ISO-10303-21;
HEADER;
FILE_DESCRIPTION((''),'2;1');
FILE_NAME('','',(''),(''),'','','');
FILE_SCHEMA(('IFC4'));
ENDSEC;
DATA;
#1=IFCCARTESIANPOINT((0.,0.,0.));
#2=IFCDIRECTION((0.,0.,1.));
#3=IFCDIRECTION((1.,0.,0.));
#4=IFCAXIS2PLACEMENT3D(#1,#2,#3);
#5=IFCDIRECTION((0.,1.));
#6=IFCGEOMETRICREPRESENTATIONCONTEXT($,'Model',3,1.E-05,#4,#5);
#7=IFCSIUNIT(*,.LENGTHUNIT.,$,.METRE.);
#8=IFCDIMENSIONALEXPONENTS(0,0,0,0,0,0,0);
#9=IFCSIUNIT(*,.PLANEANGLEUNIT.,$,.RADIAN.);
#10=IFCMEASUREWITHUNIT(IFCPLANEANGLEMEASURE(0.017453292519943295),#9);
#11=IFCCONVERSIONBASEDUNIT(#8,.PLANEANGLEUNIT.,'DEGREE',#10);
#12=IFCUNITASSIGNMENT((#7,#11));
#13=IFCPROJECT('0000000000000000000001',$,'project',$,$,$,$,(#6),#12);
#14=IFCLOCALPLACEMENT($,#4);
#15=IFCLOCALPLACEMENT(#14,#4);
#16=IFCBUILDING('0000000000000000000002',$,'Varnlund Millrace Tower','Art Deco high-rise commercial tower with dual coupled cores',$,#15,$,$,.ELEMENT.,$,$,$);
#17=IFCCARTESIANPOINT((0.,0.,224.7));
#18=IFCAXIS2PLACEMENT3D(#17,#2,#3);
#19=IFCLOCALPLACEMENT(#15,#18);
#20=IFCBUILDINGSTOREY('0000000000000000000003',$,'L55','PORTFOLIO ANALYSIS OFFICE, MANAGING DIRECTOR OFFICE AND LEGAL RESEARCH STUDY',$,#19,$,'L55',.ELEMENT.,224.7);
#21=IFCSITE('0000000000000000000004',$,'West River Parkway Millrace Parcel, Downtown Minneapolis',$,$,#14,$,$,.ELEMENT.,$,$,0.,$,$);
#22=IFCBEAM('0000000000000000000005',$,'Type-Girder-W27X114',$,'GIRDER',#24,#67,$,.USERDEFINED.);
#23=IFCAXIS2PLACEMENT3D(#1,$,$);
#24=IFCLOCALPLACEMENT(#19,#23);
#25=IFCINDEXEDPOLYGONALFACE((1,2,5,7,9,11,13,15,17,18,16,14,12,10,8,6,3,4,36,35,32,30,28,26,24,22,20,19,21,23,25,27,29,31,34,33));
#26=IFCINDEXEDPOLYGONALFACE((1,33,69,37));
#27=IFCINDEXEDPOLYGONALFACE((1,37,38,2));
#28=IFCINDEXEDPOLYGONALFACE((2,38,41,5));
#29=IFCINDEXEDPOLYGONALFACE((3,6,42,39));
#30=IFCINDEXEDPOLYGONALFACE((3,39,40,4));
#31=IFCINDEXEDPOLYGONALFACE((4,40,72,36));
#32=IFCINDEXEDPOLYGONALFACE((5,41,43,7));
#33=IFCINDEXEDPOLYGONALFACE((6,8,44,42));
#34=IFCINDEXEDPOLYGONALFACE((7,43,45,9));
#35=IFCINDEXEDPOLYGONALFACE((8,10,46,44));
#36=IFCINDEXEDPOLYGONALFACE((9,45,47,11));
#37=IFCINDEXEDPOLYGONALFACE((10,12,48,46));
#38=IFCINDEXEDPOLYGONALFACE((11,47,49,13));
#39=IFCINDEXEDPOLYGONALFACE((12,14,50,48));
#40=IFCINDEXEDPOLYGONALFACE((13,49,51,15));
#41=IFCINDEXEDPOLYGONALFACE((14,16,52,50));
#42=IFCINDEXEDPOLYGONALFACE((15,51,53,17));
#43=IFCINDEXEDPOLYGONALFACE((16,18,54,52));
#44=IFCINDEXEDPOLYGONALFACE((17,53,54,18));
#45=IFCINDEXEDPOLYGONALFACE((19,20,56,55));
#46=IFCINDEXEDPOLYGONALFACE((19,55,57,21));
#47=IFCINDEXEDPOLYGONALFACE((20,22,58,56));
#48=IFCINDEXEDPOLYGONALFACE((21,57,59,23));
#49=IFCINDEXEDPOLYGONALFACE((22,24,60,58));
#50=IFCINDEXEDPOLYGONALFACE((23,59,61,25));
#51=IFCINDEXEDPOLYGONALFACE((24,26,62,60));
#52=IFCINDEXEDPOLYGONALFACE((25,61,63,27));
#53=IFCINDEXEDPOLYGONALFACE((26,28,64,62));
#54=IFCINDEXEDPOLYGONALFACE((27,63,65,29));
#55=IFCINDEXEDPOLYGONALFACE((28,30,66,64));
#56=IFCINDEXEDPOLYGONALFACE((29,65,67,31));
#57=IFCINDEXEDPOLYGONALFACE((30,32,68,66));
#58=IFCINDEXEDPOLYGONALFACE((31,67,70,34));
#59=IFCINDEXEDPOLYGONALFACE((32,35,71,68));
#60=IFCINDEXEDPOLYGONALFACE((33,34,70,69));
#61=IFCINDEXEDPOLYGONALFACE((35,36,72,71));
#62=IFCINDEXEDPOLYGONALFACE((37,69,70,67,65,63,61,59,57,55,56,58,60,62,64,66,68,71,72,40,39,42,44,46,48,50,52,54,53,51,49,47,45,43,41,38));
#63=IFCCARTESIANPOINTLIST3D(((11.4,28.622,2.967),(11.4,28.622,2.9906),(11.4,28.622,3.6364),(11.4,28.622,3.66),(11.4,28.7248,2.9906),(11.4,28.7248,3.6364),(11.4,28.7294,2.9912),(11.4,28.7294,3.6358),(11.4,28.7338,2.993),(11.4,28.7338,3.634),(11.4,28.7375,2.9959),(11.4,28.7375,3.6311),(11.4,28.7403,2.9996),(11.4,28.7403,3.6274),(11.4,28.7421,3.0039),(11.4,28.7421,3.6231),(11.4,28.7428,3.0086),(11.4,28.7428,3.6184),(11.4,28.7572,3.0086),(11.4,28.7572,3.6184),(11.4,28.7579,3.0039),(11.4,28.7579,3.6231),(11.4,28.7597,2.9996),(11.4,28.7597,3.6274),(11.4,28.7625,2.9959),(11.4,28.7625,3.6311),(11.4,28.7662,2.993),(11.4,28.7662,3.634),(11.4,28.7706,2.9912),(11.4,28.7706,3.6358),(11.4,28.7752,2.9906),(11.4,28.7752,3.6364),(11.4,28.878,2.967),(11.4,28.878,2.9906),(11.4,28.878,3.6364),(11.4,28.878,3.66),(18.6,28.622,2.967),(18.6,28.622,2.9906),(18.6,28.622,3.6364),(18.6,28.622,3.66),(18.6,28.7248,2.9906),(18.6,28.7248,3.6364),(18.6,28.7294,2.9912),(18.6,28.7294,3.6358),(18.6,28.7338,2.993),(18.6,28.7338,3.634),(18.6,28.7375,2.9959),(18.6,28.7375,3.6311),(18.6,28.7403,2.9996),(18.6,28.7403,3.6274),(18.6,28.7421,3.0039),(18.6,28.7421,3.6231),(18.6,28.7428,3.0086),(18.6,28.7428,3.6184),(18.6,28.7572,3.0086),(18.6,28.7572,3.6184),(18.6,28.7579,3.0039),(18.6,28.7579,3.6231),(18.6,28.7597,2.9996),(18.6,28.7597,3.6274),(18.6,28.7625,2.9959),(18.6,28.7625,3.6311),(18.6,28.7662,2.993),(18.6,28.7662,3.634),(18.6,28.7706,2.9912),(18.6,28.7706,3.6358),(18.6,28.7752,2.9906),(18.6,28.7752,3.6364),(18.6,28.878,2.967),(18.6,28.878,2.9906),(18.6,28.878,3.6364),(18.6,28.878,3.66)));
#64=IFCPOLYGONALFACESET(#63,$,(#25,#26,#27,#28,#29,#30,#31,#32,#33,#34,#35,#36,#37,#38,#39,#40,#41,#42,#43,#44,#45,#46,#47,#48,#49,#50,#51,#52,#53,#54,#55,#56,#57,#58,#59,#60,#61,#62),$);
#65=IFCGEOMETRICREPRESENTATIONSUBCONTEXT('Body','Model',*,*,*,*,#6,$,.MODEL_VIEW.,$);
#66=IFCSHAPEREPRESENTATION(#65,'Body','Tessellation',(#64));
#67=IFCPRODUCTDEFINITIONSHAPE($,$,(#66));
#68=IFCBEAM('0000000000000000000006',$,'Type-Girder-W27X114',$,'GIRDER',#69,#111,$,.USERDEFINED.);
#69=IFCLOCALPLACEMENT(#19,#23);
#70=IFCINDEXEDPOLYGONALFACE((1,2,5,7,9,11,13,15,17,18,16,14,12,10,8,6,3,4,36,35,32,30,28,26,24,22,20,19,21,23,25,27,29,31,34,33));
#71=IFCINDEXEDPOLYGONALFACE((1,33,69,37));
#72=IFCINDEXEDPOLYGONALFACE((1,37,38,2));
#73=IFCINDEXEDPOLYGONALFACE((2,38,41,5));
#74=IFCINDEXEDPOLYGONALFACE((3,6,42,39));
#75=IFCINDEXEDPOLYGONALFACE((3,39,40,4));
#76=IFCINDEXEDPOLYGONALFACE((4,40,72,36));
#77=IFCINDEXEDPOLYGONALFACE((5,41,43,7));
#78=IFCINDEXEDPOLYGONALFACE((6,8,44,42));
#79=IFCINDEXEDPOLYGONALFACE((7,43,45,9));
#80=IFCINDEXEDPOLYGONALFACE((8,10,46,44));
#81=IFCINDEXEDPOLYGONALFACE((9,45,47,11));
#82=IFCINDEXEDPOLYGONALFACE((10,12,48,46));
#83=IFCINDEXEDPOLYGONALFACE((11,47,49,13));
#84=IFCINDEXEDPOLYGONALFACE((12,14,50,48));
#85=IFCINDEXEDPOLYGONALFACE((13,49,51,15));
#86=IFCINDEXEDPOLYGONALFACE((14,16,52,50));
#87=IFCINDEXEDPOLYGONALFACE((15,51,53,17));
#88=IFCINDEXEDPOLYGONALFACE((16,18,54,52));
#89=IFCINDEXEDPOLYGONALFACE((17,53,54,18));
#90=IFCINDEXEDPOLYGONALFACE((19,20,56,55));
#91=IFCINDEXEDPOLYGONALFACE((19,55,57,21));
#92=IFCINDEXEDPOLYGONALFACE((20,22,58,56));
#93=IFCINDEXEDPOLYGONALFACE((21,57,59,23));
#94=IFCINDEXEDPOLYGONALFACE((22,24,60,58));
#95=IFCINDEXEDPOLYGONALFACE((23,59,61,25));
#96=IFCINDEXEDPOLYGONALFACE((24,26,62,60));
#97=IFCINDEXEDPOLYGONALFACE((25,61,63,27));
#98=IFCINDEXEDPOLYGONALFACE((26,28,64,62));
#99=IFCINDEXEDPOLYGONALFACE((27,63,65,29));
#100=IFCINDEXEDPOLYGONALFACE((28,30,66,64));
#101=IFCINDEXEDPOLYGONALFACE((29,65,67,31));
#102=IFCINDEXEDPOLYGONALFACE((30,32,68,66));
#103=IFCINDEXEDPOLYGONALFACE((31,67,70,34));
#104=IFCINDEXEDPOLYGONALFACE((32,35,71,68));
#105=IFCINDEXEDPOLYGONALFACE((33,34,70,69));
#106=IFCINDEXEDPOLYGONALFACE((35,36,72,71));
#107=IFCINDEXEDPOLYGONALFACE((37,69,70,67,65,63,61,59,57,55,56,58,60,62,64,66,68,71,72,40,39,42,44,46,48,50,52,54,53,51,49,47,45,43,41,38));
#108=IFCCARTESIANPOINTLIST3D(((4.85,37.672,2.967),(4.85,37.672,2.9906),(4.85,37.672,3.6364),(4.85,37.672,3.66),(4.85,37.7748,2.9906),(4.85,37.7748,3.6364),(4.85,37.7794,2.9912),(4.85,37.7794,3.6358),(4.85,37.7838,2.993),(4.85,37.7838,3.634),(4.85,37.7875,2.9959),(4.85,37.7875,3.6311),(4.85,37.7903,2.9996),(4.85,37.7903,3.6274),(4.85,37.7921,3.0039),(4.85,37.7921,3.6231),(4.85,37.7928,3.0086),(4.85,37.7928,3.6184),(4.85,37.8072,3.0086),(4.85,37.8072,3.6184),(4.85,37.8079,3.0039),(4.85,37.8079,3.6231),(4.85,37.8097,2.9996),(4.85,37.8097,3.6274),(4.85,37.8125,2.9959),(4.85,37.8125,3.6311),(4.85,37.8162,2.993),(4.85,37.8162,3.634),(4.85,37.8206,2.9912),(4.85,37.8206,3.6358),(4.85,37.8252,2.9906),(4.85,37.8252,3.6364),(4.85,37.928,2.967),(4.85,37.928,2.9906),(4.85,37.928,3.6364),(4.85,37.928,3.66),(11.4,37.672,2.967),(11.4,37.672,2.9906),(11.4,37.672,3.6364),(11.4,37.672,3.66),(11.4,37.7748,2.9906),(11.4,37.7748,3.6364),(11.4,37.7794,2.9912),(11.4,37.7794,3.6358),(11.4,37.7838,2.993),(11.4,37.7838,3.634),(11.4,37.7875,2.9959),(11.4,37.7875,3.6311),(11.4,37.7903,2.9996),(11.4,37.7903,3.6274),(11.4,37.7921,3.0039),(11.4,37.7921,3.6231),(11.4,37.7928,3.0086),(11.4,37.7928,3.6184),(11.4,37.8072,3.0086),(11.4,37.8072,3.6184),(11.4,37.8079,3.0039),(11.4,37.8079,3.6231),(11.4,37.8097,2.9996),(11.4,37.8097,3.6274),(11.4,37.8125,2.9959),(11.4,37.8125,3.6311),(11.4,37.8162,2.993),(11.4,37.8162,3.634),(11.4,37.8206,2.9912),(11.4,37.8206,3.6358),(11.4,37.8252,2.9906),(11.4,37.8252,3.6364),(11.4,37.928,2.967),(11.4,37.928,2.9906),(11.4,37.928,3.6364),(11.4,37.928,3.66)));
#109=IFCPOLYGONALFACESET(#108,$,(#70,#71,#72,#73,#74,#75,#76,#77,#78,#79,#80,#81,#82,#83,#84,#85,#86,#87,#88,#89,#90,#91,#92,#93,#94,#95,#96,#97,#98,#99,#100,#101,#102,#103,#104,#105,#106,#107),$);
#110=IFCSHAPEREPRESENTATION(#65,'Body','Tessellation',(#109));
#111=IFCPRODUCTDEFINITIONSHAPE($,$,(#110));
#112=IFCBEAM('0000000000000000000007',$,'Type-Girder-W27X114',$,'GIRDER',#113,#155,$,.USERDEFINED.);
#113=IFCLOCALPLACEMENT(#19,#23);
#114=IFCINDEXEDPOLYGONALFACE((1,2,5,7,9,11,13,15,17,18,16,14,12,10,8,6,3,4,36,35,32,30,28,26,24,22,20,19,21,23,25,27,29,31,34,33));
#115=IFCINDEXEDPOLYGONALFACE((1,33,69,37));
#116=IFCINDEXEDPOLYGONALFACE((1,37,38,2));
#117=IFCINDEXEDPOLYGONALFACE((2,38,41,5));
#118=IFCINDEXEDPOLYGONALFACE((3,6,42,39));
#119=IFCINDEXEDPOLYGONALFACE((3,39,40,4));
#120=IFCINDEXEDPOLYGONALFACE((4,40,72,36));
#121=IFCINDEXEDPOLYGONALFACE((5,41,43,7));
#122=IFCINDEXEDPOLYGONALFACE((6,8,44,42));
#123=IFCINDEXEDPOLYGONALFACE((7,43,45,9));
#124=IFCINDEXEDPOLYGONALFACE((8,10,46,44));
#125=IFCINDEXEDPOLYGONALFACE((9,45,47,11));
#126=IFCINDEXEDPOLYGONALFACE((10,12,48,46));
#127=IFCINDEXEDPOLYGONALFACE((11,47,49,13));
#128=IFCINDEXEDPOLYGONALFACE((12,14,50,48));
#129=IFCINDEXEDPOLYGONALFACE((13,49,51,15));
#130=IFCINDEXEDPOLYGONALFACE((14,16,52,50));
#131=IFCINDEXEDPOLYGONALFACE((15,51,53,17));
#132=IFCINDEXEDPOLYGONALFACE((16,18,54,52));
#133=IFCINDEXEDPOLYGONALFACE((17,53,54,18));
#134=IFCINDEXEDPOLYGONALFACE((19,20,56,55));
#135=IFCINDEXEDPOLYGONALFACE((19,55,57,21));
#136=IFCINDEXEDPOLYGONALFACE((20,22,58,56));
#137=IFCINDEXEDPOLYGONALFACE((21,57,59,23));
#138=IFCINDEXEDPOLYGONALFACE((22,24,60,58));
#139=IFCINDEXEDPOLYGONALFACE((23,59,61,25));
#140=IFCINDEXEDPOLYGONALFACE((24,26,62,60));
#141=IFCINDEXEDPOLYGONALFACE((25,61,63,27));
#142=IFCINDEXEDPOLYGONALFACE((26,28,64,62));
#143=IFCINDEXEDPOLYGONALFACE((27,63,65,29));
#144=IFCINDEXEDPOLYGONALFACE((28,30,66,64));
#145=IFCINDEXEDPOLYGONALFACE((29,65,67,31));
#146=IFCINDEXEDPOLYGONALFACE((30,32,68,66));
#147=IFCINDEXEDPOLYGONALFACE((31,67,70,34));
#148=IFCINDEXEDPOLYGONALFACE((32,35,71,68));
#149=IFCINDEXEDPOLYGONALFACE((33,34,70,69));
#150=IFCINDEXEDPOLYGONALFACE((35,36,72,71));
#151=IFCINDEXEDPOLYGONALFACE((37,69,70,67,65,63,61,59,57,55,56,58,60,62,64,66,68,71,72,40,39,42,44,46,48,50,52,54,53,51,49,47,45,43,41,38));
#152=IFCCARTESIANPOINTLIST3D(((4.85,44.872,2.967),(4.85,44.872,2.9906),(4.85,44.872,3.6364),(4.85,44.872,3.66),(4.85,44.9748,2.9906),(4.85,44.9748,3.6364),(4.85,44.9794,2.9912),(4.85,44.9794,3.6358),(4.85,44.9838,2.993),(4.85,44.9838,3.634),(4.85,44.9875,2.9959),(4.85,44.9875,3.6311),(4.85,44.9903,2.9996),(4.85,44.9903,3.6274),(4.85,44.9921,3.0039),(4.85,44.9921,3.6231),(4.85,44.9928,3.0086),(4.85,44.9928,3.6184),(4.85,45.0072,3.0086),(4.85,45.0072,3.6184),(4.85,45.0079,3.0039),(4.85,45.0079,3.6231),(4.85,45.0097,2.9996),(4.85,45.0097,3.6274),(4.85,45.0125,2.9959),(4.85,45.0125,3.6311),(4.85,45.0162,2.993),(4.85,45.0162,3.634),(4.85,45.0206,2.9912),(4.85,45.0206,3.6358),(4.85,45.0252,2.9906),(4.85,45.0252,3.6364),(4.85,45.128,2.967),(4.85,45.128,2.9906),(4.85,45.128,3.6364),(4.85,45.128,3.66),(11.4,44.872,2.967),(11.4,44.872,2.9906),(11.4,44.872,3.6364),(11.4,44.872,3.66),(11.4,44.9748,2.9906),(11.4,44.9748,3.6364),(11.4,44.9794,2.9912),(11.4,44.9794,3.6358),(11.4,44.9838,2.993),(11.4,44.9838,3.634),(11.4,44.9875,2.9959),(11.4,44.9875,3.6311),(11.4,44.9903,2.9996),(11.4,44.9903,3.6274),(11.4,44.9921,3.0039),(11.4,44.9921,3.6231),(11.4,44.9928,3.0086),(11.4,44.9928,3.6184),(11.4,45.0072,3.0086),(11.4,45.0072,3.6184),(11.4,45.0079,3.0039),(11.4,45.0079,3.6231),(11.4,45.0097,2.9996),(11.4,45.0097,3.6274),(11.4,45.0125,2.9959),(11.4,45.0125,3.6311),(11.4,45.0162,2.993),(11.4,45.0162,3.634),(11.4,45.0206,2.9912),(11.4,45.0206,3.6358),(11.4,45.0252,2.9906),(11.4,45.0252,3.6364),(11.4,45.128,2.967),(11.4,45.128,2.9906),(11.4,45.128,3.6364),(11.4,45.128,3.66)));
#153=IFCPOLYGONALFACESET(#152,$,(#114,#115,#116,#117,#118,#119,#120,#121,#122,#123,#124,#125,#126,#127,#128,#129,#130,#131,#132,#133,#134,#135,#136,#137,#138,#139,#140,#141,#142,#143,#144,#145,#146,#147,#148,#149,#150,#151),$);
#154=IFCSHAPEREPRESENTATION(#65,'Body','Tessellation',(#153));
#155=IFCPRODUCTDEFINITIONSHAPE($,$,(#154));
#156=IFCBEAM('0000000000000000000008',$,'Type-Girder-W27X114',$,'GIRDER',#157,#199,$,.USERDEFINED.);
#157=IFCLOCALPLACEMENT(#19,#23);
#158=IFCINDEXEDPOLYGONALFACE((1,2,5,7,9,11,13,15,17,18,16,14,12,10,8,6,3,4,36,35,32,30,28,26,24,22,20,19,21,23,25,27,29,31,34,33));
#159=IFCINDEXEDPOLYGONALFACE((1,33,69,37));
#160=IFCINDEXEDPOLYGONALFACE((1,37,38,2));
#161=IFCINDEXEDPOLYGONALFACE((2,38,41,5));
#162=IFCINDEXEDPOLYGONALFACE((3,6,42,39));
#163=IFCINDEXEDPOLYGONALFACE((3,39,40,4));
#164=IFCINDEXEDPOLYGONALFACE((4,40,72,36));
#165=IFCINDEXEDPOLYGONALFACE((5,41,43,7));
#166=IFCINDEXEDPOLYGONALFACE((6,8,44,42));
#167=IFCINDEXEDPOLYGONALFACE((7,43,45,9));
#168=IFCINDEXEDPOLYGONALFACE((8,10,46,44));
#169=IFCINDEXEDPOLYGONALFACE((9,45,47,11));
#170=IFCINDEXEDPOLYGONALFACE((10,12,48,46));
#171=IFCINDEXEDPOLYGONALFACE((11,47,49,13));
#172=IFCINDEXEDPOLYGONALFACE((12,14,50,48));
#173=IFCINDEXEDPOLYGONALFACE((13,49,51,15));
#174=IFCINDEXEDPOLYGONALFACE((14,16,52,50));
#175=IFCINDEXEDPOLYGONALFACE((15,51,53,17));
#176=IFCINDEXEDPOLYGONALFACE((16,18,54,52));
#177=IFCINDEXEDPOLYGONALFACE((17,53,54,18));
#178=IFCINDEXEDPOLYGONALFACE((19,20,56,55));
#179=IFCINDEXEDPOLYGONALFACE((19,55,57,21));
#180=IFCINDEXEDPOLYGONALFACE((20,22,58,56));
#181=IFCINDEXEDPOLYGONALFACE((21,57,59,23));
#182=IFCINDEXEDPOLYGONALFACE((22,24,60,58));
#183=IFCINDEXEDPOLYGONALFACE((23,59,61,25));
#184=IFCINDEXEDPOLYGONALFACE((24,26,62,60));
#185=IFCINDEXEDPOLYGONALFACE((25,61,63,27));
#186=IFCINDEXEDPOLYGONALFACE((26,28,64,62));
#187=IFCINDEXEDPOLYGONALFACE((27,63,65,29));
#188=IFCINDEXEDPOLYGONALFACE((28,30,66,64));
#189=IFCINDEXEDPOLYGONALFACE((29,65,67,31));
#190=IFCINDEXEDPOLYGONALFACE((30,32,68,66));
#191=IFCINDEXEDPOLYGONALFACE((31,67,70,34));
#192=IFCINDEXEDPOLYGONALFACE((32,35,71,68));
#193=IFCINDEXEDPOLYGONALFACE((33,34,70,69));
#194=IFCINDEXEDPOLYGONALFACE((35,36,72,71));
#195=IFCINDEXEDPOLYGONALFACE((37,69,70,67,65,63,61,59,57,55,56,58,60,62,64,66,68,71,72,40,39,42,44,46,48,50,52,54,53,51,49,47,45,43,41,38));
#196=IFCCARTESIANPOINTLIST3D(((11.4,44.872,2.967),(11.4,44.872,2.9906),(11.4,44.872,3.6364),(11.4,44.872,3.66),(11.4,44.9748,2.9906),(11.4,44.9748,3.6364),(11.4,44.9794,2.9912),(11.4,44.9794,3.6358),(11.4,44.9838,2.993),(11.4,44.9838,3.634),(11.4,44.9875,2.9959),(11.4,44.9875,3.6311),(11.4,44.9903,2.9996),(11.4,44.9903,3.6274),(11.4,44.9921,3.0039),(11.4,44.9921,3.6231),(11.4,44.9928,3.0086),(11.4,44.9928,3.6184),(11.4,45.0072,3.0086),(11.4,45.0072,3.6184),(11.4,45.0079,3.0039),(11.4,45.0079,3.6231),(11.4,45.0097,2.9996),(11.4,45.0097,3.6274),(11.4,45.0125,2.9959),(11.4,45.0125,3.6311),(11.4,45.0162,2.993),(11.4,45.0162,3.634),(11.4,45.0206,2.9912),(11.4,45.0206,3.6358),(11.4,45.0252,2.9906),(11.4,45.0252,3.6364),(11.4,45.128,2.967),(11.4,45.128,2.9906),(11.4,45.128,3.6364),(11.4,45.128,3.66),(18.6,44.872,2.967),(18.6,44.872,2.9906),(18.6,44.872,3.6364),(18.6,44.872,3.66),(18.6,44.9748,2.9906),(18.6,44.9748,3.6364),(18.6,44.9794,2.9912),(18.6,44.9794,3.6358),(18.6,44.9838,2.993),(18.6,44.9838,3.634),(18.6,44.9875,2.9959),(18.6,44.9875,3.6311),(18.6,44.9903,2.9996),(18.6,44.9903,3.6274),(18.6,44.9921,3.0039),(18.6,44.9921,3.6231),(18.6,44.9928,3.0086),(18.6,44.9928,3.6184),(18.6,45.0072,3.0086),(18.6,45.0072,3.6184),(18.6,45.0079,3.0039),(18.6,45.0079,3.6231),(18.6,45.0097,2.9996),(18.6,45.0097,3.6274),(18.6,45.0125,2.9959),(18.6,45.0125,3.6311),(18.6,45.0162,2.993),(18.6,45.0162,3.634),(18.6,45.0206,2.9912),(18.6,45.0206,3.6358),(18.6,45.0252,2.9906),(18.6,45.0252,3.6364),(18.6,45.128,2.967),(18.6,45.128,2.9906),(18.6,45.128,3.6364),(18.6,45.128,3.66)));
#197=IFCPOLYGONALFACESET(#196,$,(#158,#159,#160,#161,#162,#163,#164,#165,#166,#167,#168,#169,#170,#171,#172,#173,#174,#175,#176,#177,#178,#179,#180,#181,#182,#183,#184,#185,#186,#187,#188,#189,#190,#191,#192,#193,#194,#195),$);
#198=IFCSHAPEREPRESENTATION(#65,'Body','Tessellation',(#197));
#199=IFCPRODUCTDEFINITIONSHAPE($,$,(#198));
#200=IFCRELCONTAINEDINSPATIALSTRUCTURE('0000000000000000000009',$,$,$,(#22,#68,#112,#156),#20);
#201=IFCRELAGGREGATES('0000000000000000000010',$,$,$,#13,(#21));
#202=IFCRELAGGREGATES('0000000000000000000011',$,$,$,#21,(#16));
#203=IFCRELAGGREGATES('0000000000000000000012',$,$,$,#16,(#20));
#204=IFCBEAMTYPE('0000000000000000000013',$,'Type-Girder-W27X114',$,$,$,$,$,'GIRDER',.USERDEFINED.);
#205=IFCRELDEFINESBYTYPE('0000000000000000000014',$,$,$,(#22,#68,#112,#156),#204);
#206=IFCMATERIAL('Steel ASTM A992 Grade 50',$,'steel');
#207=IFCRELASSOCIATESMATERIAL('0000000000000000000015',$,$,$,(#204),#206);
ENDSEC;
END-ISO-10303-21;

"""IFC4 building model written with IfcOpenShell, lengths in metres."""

from ifc_helpers import new_model, entity, si_unit, converted_unit, direction, frame, origin_with_axes, origin_2d_with_axis, place, context, subcontext, project, spatial, i_section, extrude, material, material_profile, profile_set, type_object, element, save


model = new_model("IFC4")

# Units and contexts
model_context = context("Model", 3, precision=1e-05, world=origin_with_axes(), true_north=direction((0.0, 1.0)))
body_context = subcontext(model_context, "Body", "Model", "MODEL_VIEW")
ifc_project = project(units=[si_unit("LENGTHUNIT", "METRE"), converted_unit("PLANEANGLEUNIT", "DEGREE", entity("IfcPlaneAngleMeasure", 0.017453292519943295), si_unit("PLANEANGLEUNIT", "RADIAN"), dimensions=[0, 0, 0, 0, 0, 0, 0])], contexts=[model_context])

# Site, building, storey
site_placement = place(None, origin_with_axes())
site = spatial("IfcSite", under=ifc_project, at=site_placement, Name="West River Parkway Millrace Parcel, Downtown Minneapolis", CompositionType="ELEMENT", RefElevation=0.0)
building_placement = place(site_placement, origin_with_axes())
building = spatial("IfcBuilding", under=site, at=building_placement, Name="Varnlund Millrace Tower", Description="Art Deco high-rise commercial tower with dual coupled cores", CompositionType="ELEMENT")
storey_placement = place(building_placement, frame((0.0, 0.0, 224.7), z_axis=(0.0, 0.0, 1.0), x_axis=(1.0, 0.0, 0.0)))
storey = spatial("IfcBuildingStorey", under=building, at=storey_placement, Name="L55", Description="PORTFOLIO ANALYSIS OFFICE, MANAGING DIRECTOR OFFICE AND LEGAL RESEARCH STUDY", LongName="L55", CompositionType="ELEMENT", Elevation=224.7)

# Beams
ifc_material_1 = material(Name="Steel ASTM A992 Grade 50", Category="steel")
ifc_material_profile_1 = material_profile(ifc_material_1, i_section(OverallWidth=0.256, OverallDepth=0.693, WebThickness=0.0145, FlangeThickness=0.0236, FilletRadius=0.018, at=origin_2d_with_axis()), Name="Steel ASTM A992 Grade 50")
ifc_profile_set_1 = profile_set([ifc_material_profile_1], Name="Steel ASTM A992 Grade 50")
beam_type_1 = type_object("IfcBeamType", Name="Type-Girder-W27X114", ElementType="GIRDER", PredefinedType="USERDEFINED", material=ifc_profile_set_1)
beam_1_placement = place(storey_placement, frame((11.4, 28.75, 3.3135), z_axis=(1.0, 0.0, 0.0), x_axis=(0.0, 1.0, 0.0)))
element("IfcBeam", 1, at=beam_1_placement, inside=storey, type_object=beam_type_1, Name="Type-Girder-W27X114", ObjectType="GIRDER", PredefinedType="USERDEFINED", context=body_context, shape_type="SweptSolid", body=[
    extrude(i_section(OverallWidth=0.256, OverallDepth=0.693, WebThickness=0.0145, FlangeThickness=0.0236, FilletRadius=0.018, at=origin_2d_with_axis()), origin_with_axes(), (0.0, 0.0, 1.0), 7.2),
])
for number, where, z_axis, x_axis, name in (
    (2, (4.85, 37.8, 3.3135), (1.0, 0.0, 0.0), (0.0, 1.0, 0.0), "Type-Girder-W27X114"),
    (3, (4.85, 45.0, 3.3135), (1.0, 0.0, 0.0), (0.0, 1.0, 0.0), "Type-Girder-W27X114"),
):
    element("IfcBeam", number, at=place(storey_placement, frame(where, z_axis=z_axis, x_axis=x_axis)), inside=storey, type_object=beam_type_1, Name=name, ObjectType="GIRDER", PredefinedType="USERDEFINED", context=body_context, shape_type="SweptSolid", body=[
        extrude(i_section(OverallWidth=0.256, OverallDepth=0.693, WebThickness=0.0145, FlangeThickness=0.0236, FilletRadius=0.018, at=origin_2d_with_axis()), origin_with_axes(), (0.0, 0.0, 1.0), 6.55),
    ])
beam_2_placement = place(storey_placement, frame((11.4, 45.0, 3.3135), z_axis=(1.0, 0.0, 0.0), x_axis=(0.0, 1.0, 0.0)))
element("IfcBeam", 4, at=beam_2_placement, inside=storey, type_object=beam_type_1, Name="Type-Girder-W27X114", ObjectType="GIRDER", PredefinedType="USERDEFINED", context=body_context, shape_type="SweptSolid", body=[
    extrude(i_section(OverallWidth=0.256, OverallDepth=0.693, WebThickness=0.0145, FlangeThickness=0.0236, FilletRadius=0.018, at=origin_2d_with_axis()), origin_with_axes(), (0.0, 0.0, 1.0), 7.2),
])

save(model, "model.ifc")
